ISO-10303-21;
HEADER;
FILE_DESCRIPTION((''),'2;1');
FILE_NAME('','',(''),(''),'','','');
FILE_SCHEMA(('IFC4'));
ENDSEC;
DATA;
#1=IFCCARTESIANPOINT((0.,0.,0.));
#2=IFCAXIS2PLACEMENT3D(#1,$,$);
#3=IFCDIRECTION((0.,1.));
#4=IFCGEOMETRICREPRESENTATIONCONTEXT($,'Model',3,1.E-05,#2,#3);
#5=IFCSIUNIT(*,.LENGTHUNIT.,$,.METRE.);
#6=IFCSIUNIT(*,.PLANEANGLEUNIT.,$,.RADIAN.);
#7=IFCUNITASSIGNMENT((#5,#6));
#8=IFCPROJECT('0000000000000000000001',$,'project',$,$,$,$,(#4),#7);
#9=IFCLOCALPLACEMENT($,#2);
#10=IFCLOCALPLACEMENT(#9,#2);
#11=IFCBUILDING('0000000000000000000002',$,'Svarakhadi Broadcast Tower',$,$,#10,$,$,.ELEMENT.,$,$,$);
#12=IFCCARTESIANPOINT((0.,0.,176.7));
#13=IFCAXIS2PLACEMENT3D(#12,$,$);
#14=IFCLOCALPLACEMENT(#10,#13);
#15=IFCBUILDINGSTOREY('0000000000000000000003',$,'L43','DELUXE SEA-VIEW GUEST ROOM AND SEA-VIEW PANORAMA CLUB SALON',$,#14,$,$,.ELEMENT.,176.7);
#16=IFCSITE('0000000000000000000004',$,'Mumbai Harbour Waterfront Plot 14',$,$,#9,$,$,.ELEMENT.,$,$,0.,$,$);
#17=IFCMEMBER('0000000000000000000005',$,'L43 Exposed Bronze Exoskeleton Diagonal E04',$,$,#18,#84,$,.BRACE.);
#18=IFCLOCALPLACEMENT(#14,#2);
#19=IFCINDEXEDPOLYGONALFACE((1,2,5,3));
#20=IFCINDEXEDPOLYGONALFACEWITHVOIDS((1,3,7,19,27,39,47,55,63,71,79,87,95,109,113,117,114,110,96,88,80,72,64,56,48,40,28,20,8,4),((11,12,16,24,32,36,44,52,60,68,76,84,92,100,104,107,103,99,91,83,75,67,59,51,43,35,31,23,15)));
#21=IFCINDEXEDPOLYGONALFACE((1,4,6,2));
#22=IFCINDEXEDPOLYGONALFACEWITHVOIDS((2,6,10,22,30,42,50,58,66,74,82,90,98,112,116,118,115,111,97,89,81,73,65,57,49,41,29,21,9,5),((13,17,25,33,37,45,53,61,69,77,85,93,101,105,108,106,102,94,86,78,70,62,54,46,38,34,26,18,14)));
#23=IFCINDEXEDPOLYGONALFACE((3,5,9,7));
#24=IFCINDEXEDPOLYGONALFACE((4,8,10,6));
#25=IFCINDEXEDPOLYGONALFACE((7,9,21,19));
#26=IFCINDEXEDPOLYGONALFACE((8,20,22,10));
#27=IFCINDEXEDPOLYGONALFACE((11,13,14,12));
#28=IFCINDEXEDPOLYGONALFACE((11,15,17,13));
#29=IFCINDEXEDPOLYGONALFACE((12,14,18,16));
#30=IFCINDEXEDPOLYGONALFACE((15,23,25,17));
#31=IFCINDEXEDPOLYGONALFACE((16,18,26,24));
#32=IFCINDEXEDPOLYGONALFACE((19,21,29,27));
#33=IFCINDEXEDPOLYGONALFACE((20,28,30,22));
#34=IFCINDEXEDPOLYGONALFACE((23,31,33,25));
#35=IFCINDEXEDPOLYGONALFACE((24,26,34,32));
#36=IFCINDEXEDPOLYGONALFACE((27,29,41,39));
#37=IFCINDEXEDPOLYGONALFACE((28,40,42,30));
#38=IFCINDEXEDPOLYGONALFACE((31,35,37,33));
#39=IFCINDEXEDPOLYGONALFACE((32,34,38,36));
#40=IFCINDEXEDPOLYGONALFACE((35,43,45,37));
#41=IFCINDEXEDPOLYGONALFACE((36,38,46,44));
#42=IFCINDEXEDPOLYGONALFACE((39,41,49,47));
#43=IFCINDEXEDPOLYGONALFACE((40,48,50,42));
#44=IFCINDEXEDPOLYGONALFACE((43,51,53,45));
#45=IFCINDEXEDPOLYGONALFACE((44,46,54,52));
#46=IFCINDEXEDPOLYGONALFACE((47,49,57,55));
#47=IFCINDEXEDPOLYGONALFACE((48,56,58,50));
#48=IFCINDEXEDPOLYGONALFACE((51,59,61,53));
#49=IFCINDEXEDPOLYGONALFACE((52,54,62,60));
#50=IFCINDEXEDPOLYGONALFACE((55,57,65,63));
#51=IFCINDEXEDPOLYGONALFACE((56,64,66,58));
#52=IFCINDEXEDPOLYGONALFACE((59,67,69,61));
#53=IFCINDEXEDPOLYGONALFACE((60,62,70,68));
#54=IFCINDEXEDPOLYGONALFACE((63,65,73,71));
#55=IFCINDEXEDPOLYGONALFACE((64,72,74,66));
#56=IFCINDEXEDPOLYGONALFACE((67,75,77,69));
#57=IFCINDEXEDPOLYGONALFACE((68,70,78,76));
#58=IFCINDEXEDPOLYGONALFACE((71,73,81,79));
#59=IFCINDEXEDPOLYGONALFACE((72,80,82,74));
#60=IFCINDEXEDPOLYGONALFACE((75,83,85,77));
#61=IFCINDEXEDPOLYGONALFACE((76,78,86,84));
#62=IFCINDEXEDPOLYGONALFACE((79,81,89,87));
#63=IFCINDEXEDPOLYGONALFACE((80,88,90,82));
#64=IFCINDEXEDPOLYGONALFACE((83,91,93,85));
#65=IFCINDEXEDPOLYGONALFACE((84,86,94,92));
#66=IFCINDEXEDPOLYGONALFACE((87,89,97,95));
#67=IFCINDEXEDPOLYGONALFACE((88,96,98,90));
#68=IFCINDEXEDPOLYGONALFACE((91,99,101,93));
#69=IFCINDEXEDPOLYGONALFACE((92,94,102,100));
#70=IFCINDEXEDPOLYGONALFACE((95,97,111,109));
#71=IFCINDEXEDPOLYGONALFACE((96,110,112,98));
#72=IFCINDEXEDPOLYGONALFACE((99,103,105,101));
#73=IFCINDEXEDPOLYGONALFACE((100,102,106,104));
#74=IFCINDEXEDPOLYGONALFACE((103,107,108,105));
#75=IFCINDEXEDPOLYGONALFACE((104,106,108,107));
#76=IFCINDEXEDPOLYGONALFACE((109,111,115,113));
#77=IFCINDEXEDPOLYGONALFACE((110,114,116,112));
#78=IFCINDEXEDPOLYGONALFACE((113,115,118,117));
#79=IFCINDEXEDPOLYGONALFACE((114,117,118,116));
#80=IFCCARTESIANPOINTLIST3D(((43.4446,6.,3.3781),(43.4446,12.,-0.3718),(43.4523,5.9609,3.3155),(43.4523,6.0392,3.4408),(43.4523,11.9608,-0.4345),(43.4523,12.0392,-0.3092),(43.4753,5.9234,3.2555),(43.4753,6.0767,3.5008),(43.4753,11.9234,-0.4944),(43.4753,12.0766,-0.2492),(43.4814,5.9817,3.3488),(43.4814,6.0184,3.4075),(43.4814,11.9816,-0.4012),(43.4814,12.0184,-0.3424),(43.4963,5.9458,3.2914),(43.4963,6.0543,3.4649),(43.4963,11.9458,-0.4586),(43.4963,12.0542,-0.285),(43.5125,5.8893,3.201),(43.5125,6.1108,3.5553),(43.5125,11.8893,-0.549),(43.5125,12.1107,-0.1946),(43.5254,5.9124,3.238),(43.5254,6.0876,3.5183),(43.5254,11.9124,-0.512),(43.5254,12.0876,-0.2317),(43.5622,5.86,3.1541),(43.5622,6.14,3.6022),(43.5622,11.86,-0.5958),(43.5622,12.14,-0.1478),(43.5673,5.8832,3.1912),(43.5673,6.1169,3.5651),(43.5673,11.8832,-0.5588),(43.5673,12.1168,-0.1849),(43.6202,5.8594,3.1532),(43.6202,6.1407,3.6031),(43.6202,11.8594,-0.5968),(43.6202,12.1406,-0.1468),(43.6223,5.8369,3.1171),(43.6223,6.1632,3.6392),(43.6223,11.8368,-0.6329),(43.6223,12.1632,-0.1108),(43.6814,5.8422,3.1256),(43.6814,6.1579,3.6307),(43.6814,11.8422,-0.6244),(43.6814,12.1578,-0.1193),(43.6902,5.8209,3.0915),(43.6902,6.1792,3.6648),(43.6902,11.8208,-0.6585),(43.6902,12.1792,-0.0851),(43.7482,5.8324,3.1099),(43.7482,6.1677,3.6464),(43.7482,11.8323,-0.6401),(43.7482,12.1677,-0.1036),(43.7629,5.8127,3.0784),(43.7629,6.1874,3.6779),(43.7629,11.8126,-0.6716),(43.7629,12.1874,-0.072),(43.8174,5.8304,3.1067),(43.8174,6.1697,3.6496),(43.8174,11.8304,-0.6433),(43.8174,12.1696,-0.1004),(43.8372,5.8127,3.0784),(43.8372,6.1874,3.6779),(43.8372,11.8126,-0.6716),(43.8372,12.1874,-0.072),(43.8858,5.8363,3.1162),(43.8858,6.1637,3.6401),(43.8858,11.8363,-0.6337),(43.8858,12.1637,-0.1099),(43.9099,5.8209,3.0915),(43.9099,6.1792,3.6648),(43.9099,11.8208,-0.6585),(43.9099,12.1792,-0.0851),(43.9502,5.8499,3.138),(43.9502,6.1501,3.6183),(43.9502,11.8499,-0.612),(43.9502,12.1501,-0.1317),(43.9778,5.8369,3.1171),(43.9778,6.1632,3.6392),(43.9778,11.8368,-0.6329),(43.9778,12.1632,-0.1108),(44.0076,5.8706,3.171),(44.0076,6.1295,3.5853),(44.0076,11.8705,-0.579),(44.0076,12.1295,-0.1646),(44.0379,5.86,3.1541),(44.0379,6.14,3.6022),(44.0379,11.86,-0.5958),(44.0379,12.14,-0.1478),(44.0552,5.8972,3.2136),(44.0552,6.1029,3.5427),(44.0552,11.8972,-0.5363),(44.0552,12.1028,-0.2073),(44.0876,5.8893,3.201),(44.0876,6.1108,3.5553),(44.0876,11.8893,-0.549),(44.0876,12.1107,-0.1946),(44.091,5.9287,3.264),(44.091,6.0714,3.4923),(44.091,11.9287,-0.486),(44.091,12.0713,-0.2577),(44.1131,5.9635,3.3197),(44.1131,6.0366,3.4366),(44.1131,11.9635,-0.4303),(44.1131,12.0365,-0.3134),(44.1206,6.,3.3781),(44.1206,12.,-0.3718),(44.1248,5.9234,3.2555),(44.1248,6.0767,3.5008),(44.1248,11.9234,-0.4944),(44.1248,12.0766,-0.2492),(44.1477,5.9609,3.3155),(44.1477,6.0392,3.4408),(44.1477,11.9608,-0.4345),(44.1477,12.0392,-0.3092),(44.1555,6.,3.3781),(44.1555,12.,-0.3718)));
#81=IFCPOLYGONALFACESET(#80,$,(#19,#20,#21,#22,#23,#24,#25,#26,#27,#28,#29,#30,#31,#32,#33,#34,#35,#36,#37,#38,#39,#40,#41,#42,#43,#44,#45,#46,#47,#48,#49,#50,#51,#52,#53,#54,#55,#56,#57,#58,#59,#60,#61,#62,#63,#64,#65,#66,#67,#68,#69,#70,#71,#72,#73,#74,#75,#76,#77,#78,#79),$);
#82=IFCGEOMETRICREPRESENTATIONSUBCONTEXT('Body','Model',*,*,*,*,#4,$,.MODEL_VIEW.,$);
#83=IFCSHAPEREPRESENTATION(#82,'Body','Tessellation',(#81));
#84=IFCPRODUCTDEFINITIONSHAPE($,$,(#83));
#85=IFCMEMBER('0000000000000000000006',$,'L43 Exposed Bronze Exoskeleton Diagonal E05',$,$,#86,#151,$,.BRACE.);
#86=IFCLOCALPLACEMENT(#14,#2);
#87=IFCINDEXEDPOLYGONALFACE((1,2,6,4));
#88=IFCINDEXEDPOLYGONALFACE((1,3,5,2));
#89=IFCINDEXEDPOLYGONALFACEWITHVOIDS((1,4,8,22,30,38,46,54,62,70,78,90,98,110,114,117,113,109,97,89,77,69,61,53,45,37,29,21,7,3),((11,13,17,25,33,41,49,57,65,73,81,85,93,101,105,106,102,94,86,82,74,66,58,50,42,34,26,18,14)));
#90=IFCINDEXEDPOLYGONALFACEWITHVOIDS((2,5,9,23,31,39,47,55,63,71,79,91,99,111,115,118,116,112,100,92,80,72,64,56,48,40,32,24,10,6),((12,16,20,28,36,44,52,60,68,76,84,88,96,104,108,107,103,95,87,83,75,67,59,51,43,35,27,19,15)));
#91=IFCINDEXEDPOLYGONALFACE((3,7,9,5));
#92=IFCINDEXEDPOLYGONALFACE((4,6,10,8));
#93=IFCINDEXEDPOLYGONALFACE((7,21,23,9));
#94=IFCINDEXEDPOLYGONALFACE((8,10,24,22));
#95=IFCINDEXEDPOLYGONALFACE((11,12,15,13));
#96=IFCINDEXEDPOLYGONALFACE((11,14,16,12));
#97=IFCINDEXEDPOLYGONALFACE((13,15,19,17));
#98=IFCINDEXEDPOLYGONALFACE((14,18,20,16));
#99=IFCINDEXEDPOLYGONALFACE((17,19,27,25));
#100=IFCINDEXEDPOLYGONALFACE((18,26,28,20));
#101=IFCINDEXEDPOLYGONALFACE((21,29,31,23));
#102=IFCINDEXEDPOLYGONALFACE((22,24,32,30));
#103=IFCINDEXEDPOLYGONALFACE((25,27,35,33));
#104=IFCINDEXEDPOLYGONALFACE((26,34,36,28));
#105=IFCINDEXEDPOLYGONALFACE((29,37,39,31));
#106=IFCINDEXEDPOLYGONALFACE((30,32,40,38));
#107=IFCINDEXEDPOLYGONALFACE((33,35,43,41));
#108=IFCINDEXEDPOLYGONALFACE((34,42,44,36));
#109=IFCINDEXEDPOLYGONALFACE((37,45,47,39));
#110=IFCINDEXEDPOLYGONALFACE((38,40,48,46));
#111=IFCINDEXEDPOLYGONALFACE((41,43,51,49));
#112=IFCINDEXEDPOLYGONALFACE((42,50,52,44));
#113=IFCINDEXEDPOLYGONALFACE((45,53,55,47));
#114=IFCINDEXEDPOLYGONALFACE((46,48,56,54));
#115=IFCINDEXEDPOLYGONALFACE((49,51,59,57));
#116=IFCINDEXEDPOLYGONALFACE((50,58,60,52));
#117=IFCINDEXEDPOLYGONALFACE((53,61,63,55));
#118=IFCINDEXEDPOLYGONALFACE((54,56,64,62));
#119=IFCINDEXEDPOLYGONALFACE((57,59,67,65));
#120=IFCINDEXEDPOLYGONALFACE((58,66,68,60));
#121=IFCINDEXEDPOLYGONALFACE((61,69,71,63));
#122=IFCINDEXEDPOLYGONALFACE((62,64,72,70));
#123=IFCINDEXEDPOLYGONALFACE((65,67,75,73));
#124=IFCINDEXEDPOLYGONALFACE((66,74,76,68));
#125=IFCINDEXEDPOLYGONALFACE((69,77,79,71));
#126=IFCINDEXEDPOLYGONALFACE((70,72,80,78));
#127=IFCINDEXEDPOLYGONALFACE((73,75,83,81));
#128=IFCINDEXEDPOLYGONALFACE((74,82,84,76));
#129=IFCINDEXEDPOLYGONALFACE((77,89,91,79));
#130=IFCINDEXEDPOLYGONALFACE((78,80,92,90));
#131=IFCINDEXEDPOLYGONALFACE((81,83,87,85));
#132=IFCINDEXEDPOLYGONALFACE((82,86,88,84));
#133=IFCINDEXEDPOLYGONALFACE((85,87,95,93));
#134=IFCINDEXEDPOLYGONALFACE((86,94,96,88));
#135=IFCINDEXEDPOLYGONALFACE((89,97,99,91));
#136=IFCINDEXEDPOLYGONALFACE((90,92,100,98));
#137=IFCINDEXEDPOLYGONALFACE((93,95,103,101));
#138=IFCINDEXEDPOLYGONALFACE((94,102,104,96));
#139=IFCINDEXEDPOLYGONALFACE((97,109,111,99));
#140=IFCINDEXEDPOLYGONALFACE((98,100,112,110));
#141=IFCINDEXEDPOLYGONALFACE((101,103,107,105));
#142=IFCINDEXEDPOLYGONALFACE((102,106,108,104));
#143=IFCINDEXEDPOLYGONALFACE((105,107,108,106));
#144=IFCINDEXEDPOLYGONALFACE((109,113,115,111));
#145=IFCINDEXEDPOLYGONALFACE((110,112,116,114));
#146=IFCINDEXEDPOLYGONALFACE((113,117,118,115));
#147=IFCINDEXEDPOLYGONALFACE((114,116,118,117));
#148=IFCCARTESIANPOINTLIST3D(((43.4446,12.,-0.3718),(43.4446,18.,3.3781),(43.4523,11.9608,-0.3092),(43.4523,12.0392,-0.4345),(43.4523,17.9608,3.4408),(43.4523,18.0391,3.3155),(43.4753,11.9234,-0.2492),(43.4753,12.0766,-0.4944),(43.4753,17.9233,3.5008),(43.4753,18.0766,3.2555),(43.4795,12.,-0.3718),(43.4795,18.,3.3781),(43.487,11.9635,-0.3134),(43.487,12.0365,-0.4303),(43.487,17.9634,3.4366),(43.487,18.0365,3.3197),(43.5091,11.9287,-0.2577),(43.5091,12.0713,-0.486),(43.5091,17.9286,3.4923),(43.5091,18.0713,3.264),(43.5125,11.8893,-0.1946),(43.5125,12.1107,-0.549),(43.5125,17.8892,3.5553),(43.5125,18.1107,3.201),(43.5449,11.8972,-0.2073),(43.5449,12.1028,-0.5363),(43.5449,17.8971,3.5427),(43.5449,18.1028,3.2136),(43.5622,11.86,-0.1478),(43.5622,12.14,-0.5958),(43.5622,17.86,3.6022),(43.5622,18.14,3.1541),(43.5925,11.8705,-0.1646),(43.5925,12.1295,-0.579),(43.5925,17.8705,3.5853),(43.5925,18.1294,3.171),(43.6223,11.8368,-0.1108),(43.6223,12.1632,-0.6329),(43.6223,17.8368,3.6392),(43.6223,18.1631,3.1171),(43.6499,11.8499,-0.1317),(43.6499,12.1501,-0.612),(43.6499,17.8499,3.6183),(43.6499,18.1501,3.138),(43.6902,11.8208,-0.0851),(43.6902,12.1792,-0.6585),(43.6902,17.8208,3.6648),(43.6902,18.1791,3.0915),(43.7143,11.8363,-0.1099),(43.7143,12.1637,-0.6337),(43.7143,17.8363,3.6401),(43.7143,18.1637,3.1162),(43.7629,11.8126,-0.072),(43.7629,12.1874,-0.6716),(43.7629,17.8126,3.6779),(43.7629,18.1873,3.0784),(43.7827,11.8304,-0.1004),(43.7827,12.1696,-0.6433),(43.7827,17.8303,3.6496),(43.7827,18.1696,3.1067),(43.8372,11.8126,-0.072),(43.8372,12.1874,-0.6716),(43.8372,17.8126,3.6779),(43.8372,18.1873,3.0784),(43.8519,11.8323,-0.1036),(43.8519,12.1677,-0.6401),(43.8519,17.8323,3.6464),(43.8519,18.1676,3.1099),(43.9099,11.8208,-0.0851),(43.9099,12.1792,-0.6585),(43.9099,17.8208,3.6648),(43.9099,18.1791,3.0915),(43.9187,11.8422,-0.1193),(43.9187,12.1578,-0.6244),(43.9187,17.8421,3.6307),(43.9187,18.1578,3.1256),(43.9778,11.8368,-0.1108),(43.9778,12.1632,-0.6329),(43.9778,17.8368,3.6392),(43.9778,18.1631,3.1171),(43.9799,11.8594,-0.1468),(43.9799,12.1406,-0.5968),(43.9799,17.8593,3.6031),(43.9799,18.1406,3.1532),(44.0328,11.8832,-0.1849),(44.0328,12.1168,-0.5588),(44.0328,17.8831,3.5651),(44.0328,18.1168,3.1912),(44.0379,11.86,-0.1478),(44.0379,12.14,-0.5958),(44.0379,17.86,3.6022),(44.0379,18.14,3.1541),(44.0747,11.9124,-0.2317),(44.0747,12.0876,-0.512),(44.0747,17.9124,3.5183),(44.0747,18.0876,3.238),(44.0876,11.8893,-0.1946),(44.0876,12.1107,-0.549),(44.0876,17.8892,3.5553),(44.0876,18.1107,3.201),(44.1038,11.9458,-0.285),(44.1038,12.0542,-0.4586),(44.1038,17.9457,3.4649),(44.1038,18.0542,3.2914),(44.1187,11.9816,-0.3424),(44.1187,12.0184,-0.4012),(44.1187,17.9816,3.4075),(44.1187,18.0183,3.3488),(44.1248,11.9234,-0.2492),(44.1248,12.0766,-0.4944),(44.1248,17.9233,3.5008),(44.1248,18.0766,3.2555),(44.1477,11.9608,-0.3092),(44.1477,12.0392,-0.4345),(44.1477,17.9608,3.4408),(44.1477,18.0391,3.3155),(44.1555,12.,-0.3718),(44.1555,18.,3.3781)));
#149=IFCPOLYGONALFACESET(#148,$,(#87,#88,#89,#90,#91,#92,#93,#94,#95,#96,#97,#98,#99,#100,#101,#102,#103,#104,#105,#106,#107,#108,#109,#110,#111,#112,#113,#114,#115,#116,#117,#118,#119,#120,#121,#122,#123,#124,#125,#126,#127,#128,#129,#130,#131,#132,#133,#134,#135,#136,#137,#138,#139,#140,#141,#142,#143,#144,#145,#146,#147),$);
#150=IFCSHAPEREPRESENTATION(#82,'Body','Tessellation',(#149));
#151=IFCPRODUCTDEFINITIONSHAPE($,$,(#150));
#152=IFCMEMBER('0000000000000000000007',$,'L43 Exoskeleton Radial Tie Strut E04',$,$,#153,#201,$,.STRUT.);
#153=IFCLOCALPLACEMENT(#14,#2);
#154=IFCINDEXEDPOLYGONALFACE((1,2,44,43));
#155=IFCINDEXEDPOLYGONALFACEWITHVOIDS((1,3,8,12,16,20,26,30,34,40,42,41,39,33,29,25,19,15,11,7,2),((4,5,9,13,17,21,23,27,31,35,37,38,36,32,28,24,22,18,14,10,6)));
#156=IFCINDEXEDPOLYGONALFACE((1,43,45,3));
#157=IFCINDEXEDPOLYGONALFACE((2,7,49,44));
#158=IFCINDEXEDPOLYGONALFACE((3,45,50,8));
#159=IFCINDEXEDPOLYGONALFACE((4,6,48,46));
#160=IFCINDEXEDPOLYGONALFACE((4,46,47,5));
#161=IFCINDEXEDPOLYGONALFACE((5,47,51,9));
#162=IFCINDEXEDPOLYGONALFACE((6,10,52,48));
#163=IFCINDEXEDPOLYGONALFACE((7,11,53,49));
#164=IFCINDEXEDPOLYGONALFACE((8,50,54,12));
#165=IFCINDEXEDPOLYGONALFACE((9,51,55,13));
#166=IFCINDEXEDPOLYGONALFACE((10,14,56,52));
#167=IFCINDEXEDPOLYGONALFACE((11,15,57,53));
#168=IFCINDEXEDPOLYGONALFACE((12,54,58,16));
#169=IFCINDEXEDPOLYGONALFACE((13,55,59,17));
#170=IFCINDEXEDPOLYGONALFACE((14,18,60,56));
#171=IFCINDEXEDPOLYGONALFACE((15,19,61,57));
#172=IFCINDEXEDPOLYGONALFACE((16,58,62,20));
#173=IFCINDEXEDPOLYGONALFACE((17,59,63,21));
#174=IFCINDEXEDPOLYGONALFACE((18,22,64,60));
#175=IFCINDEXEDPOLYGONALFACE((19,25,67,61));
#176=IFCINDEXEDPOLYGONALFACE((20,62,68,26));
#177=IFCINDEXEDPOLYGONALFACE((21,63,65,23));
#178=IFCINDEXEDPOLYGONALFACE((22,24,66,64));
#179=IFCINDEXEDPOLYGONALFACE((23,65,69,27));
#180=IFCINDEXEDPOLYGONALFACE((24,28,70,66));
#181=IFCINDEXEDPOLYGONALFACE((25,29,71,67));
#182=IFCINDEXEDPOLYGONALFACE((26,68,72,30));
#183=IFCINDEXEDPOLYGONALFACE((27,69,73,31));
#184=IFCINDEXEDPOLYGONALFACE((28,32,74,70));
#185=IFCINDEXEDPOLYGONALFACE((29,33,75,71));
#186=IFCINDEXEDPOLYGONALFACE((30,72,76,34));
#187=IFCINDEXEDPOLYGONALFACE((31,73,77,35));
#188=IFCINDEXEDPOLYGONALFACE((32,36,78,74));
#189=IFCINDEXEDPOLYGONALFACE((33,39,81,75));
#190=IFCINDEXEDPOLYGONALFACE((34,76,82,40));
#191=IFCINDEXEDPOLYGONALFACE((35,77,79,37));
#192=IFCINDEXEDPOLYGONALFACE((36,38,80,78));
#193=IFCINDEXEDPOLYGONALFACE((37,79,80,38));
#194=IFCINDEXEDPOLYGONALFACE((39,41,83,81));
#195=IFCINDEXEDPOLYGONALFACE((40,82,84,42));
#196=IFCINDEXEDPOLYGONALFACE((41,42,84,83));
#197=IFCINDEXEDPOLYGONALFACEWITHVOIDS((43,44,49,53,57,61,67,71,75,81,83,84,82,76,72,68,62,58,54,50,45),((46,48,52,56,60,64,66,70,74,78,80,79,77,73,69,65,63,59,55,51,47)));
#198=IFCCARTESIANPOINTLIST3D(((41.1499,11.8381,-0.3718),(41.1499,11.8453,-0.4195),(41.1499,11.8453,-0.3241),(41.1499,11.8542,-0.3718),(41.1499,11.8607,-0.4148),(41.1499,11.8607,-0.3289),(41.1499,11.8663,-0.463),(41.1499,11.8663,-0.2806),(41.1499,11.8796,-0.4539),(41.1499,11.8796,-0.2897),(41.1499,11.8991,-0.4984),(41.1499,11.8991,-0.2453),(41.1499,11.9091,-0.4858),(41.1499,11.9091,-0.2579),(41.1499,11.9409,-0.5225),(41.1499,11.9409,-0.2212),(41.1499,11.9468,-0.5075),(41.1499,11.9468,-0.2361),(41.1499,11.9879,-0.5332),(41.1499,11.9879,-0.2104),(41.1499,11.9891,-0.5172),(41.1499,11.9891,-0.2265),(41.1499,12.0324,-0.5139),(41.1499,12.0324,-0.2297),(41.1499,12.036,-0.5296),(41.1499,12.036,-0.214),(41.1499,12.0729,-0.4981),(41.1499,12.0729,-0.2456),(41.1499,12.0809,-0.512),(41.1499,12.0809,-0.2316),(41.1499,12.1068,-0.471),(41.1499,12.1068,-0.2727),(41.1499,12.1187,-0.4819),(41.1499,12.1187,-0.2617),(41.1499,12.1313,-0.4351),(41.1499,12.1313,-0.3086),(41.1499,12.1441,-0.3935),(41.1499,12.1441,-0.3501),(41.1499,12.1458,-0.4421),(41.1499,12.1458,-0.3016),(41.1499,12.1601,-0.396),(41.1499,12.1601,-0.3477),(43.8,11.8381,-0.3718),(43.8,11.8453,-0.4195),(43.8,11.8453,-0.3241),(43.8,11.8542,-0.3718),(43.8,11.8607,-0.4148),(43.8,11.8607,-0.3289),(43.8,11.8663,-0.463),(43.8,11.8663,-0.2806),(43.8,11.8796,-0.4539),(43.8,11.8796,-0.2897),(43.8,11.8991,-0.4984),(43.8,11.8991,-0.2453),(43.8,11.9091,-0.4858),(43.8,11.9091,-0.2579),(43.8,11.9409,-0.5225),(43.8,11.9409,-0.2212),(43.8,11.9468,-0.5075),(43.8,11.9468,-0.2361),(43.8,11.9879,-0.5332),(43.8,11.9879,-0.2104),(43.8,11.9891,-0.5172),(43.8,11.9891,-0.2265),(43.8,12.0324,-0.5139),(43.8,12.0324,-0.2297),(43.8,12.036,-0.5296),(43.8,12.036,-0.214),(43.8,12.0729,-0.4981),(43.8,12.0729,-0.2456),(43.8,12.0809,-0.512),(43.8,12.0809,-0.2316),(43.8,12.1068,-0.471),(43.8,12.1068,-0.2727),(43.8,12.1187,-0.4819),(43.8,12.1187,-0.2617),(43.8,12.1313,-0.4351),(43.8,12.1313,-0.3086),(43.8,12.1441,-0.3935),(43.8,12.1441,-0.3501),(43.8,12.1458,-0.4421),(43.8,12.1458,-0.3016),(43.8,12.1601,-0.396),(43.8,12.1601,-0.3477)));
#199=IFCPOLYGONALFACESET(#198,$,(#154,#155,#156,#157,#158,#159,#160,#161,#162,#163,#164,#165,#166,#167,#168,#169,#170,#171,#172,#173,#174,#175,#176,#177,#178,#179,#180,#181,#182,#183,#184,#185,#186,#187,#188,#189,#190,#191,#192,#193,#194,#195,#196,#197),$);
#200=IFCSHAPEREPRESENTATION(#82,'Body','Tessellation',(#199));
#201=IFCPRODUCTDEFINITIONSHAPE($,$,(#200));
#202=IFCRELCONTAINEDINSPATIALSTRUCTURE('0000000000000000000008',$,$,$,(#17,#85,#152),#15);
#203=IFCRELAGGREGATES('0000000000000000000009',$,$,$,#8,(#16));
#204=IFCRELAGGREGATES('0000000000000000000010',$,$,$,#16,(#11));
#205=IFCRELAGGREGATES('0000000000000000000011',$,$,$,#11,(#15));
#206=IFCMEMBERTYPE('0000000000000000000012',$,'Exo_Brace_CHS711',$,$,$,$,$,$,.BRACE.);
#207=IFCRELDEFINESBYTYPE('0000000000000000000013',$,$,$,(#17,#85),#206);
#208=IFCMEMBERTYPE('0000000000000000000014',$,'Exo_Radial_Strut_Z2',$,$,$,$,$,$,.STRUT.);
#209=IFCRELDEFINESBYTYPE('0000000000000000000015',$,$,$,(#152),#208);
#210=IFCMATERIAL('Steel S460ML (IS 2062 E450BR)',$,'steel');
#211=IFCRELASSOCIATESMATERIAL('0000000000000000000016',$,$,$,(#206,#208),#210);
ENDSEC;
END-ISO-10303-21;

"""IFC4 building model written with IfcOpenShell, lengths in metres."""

from ifc_helpers import new_model, si_unit, direction, frame, origin, origin_2d, place, context, subcontext, project, spatial, hollow_circle, extrude, material, material_profile, profile_set, type_object, element, save


model = new_model("IFC4")

# Units and contexts
model_context = context("Model", 3, precision=1e-05, world=origin(), true_north=direction((0.0, 1.0)))
body_context = subcontext(model_context, "Body", "Model", "MODEL_VIEW")
ifc_project = project(units=[si_unit("LENGTHUNIT", "METRE"), si_unit("PLANEANGLEUNIT", "RADIAN")], contexts=[model_context])

# Site, building, storey
site_placement = place(None, origin())
site = spatial("IfcSite", under=ifc_project, at=site_placement, Name="Mumbai Harbour Waterfront Plot 14", CompositionType="ELEMENT", RefElevation=0.0)
building_placement = place(site_placement, origin())
building = spatial("IfcBuilding", under=site, at=building_placement, Name="Svarakhadi Broadcast Tower", CompositionType="ELEMENT")
storey_placement = place(building_placement, frame((0.0, 0.0, 176.7)))
storey = spatial("IfcBuildingStorey", under=building, at=storey_placement, Name="L43", Description="DELUXE SEA-VIEW GUEST ROOM AND SEA-VIEW PANORAMA CLUB SALON", CompositionType="ELEMENT", Elevation=176.7)

# Shared definitions
ifc_material_1 = material(Name="Steel S460ML (IS 2062 E450BR)", Category="steel")

# Members
ifc_material_profile_1 = material_profile(ifc_material_1, hollow_circle(Radius=0.3555, WallThickness=0.0349, at=origin_2d()), Name="CHS 711x35")
ifc_profile_set_1 = profile_set([ifc_material_profile_1], Name="Steel S460ML (IS 2062 E450BR)")
member_type_1 = type_object("IfcMemberType", Name="Exo_Brace_CHS711", PredefinedType="BRACE", material=ifc_profile_set_1)
for number, where, z_axis, x_axis, name in (
    (1, (43.8, 12.0, -0.3718), (0.0, -0.847998, 0.529999), (1.0, 0.0, 0.0), "L43 Exposed Bronze Exoskeleton Diagonal E04"),
    (2, (43.8, 12.0, -0.3718), (0.0, 0.847998, 0.529999), (-1.0, 0.0, 0.0), "L43 Exposed Bronze Exoskeleton Diagonal E05"),
):
    element("IfcMember", number, at=place(storey_placement, frame(where, z_axis=z_axis, x_axis=x_axis)), inside=storey, type_object=member_type_1, Name=name, PredefinedType="BRACE", context=body_context, shape_type="SweptSolid", body=[
        extrude(hollow_circle(Radius=0.3555, WallThickness=0.0349, at=origin_2d()), origin(), (0.0, 0.0, 1.0), 7.0754),
    ])
ifc_material_profile_2 = material_profile(ifc_material_1, hollow_circle(Radius=0.1619, WallThickness=0.0161, at=origin_2d()), Name="CHS 323.9x16")
ifc_profile_set_2 = profile_set([ifc_material_profile_2], Name="Steel S460ML (IS 2062 E450BR)")
member_type_2 = type_object("IfcMemberType", Name="Exo_Radial_Strut_Z2", PredefinedType="STRUT", material=ifc_profile_set_2)
member_1_placement = place(storey_placement, frame((43.8, 12.0, -0.3718), z_axis=(-1.0, 0.0, 0.0), x_axis=(0.0, -1.0, 0.0)))
element("IfcMember", 3, at=member_1_placement, inside=storey, type_object=member_type_2, Name="L43 Exoskeleton Radial Tie Strut E04", PredefinedType="STRUT", context=body_context, shape_type="SweptSolid", body=[
    extrude(hollow_circle(Radius=0.1619, WallThickness=0.0161, at=origin_2d()), origin(), (0.0, 0.0, 1.0), 2.6501),
])

save(model, "model.ifc")
